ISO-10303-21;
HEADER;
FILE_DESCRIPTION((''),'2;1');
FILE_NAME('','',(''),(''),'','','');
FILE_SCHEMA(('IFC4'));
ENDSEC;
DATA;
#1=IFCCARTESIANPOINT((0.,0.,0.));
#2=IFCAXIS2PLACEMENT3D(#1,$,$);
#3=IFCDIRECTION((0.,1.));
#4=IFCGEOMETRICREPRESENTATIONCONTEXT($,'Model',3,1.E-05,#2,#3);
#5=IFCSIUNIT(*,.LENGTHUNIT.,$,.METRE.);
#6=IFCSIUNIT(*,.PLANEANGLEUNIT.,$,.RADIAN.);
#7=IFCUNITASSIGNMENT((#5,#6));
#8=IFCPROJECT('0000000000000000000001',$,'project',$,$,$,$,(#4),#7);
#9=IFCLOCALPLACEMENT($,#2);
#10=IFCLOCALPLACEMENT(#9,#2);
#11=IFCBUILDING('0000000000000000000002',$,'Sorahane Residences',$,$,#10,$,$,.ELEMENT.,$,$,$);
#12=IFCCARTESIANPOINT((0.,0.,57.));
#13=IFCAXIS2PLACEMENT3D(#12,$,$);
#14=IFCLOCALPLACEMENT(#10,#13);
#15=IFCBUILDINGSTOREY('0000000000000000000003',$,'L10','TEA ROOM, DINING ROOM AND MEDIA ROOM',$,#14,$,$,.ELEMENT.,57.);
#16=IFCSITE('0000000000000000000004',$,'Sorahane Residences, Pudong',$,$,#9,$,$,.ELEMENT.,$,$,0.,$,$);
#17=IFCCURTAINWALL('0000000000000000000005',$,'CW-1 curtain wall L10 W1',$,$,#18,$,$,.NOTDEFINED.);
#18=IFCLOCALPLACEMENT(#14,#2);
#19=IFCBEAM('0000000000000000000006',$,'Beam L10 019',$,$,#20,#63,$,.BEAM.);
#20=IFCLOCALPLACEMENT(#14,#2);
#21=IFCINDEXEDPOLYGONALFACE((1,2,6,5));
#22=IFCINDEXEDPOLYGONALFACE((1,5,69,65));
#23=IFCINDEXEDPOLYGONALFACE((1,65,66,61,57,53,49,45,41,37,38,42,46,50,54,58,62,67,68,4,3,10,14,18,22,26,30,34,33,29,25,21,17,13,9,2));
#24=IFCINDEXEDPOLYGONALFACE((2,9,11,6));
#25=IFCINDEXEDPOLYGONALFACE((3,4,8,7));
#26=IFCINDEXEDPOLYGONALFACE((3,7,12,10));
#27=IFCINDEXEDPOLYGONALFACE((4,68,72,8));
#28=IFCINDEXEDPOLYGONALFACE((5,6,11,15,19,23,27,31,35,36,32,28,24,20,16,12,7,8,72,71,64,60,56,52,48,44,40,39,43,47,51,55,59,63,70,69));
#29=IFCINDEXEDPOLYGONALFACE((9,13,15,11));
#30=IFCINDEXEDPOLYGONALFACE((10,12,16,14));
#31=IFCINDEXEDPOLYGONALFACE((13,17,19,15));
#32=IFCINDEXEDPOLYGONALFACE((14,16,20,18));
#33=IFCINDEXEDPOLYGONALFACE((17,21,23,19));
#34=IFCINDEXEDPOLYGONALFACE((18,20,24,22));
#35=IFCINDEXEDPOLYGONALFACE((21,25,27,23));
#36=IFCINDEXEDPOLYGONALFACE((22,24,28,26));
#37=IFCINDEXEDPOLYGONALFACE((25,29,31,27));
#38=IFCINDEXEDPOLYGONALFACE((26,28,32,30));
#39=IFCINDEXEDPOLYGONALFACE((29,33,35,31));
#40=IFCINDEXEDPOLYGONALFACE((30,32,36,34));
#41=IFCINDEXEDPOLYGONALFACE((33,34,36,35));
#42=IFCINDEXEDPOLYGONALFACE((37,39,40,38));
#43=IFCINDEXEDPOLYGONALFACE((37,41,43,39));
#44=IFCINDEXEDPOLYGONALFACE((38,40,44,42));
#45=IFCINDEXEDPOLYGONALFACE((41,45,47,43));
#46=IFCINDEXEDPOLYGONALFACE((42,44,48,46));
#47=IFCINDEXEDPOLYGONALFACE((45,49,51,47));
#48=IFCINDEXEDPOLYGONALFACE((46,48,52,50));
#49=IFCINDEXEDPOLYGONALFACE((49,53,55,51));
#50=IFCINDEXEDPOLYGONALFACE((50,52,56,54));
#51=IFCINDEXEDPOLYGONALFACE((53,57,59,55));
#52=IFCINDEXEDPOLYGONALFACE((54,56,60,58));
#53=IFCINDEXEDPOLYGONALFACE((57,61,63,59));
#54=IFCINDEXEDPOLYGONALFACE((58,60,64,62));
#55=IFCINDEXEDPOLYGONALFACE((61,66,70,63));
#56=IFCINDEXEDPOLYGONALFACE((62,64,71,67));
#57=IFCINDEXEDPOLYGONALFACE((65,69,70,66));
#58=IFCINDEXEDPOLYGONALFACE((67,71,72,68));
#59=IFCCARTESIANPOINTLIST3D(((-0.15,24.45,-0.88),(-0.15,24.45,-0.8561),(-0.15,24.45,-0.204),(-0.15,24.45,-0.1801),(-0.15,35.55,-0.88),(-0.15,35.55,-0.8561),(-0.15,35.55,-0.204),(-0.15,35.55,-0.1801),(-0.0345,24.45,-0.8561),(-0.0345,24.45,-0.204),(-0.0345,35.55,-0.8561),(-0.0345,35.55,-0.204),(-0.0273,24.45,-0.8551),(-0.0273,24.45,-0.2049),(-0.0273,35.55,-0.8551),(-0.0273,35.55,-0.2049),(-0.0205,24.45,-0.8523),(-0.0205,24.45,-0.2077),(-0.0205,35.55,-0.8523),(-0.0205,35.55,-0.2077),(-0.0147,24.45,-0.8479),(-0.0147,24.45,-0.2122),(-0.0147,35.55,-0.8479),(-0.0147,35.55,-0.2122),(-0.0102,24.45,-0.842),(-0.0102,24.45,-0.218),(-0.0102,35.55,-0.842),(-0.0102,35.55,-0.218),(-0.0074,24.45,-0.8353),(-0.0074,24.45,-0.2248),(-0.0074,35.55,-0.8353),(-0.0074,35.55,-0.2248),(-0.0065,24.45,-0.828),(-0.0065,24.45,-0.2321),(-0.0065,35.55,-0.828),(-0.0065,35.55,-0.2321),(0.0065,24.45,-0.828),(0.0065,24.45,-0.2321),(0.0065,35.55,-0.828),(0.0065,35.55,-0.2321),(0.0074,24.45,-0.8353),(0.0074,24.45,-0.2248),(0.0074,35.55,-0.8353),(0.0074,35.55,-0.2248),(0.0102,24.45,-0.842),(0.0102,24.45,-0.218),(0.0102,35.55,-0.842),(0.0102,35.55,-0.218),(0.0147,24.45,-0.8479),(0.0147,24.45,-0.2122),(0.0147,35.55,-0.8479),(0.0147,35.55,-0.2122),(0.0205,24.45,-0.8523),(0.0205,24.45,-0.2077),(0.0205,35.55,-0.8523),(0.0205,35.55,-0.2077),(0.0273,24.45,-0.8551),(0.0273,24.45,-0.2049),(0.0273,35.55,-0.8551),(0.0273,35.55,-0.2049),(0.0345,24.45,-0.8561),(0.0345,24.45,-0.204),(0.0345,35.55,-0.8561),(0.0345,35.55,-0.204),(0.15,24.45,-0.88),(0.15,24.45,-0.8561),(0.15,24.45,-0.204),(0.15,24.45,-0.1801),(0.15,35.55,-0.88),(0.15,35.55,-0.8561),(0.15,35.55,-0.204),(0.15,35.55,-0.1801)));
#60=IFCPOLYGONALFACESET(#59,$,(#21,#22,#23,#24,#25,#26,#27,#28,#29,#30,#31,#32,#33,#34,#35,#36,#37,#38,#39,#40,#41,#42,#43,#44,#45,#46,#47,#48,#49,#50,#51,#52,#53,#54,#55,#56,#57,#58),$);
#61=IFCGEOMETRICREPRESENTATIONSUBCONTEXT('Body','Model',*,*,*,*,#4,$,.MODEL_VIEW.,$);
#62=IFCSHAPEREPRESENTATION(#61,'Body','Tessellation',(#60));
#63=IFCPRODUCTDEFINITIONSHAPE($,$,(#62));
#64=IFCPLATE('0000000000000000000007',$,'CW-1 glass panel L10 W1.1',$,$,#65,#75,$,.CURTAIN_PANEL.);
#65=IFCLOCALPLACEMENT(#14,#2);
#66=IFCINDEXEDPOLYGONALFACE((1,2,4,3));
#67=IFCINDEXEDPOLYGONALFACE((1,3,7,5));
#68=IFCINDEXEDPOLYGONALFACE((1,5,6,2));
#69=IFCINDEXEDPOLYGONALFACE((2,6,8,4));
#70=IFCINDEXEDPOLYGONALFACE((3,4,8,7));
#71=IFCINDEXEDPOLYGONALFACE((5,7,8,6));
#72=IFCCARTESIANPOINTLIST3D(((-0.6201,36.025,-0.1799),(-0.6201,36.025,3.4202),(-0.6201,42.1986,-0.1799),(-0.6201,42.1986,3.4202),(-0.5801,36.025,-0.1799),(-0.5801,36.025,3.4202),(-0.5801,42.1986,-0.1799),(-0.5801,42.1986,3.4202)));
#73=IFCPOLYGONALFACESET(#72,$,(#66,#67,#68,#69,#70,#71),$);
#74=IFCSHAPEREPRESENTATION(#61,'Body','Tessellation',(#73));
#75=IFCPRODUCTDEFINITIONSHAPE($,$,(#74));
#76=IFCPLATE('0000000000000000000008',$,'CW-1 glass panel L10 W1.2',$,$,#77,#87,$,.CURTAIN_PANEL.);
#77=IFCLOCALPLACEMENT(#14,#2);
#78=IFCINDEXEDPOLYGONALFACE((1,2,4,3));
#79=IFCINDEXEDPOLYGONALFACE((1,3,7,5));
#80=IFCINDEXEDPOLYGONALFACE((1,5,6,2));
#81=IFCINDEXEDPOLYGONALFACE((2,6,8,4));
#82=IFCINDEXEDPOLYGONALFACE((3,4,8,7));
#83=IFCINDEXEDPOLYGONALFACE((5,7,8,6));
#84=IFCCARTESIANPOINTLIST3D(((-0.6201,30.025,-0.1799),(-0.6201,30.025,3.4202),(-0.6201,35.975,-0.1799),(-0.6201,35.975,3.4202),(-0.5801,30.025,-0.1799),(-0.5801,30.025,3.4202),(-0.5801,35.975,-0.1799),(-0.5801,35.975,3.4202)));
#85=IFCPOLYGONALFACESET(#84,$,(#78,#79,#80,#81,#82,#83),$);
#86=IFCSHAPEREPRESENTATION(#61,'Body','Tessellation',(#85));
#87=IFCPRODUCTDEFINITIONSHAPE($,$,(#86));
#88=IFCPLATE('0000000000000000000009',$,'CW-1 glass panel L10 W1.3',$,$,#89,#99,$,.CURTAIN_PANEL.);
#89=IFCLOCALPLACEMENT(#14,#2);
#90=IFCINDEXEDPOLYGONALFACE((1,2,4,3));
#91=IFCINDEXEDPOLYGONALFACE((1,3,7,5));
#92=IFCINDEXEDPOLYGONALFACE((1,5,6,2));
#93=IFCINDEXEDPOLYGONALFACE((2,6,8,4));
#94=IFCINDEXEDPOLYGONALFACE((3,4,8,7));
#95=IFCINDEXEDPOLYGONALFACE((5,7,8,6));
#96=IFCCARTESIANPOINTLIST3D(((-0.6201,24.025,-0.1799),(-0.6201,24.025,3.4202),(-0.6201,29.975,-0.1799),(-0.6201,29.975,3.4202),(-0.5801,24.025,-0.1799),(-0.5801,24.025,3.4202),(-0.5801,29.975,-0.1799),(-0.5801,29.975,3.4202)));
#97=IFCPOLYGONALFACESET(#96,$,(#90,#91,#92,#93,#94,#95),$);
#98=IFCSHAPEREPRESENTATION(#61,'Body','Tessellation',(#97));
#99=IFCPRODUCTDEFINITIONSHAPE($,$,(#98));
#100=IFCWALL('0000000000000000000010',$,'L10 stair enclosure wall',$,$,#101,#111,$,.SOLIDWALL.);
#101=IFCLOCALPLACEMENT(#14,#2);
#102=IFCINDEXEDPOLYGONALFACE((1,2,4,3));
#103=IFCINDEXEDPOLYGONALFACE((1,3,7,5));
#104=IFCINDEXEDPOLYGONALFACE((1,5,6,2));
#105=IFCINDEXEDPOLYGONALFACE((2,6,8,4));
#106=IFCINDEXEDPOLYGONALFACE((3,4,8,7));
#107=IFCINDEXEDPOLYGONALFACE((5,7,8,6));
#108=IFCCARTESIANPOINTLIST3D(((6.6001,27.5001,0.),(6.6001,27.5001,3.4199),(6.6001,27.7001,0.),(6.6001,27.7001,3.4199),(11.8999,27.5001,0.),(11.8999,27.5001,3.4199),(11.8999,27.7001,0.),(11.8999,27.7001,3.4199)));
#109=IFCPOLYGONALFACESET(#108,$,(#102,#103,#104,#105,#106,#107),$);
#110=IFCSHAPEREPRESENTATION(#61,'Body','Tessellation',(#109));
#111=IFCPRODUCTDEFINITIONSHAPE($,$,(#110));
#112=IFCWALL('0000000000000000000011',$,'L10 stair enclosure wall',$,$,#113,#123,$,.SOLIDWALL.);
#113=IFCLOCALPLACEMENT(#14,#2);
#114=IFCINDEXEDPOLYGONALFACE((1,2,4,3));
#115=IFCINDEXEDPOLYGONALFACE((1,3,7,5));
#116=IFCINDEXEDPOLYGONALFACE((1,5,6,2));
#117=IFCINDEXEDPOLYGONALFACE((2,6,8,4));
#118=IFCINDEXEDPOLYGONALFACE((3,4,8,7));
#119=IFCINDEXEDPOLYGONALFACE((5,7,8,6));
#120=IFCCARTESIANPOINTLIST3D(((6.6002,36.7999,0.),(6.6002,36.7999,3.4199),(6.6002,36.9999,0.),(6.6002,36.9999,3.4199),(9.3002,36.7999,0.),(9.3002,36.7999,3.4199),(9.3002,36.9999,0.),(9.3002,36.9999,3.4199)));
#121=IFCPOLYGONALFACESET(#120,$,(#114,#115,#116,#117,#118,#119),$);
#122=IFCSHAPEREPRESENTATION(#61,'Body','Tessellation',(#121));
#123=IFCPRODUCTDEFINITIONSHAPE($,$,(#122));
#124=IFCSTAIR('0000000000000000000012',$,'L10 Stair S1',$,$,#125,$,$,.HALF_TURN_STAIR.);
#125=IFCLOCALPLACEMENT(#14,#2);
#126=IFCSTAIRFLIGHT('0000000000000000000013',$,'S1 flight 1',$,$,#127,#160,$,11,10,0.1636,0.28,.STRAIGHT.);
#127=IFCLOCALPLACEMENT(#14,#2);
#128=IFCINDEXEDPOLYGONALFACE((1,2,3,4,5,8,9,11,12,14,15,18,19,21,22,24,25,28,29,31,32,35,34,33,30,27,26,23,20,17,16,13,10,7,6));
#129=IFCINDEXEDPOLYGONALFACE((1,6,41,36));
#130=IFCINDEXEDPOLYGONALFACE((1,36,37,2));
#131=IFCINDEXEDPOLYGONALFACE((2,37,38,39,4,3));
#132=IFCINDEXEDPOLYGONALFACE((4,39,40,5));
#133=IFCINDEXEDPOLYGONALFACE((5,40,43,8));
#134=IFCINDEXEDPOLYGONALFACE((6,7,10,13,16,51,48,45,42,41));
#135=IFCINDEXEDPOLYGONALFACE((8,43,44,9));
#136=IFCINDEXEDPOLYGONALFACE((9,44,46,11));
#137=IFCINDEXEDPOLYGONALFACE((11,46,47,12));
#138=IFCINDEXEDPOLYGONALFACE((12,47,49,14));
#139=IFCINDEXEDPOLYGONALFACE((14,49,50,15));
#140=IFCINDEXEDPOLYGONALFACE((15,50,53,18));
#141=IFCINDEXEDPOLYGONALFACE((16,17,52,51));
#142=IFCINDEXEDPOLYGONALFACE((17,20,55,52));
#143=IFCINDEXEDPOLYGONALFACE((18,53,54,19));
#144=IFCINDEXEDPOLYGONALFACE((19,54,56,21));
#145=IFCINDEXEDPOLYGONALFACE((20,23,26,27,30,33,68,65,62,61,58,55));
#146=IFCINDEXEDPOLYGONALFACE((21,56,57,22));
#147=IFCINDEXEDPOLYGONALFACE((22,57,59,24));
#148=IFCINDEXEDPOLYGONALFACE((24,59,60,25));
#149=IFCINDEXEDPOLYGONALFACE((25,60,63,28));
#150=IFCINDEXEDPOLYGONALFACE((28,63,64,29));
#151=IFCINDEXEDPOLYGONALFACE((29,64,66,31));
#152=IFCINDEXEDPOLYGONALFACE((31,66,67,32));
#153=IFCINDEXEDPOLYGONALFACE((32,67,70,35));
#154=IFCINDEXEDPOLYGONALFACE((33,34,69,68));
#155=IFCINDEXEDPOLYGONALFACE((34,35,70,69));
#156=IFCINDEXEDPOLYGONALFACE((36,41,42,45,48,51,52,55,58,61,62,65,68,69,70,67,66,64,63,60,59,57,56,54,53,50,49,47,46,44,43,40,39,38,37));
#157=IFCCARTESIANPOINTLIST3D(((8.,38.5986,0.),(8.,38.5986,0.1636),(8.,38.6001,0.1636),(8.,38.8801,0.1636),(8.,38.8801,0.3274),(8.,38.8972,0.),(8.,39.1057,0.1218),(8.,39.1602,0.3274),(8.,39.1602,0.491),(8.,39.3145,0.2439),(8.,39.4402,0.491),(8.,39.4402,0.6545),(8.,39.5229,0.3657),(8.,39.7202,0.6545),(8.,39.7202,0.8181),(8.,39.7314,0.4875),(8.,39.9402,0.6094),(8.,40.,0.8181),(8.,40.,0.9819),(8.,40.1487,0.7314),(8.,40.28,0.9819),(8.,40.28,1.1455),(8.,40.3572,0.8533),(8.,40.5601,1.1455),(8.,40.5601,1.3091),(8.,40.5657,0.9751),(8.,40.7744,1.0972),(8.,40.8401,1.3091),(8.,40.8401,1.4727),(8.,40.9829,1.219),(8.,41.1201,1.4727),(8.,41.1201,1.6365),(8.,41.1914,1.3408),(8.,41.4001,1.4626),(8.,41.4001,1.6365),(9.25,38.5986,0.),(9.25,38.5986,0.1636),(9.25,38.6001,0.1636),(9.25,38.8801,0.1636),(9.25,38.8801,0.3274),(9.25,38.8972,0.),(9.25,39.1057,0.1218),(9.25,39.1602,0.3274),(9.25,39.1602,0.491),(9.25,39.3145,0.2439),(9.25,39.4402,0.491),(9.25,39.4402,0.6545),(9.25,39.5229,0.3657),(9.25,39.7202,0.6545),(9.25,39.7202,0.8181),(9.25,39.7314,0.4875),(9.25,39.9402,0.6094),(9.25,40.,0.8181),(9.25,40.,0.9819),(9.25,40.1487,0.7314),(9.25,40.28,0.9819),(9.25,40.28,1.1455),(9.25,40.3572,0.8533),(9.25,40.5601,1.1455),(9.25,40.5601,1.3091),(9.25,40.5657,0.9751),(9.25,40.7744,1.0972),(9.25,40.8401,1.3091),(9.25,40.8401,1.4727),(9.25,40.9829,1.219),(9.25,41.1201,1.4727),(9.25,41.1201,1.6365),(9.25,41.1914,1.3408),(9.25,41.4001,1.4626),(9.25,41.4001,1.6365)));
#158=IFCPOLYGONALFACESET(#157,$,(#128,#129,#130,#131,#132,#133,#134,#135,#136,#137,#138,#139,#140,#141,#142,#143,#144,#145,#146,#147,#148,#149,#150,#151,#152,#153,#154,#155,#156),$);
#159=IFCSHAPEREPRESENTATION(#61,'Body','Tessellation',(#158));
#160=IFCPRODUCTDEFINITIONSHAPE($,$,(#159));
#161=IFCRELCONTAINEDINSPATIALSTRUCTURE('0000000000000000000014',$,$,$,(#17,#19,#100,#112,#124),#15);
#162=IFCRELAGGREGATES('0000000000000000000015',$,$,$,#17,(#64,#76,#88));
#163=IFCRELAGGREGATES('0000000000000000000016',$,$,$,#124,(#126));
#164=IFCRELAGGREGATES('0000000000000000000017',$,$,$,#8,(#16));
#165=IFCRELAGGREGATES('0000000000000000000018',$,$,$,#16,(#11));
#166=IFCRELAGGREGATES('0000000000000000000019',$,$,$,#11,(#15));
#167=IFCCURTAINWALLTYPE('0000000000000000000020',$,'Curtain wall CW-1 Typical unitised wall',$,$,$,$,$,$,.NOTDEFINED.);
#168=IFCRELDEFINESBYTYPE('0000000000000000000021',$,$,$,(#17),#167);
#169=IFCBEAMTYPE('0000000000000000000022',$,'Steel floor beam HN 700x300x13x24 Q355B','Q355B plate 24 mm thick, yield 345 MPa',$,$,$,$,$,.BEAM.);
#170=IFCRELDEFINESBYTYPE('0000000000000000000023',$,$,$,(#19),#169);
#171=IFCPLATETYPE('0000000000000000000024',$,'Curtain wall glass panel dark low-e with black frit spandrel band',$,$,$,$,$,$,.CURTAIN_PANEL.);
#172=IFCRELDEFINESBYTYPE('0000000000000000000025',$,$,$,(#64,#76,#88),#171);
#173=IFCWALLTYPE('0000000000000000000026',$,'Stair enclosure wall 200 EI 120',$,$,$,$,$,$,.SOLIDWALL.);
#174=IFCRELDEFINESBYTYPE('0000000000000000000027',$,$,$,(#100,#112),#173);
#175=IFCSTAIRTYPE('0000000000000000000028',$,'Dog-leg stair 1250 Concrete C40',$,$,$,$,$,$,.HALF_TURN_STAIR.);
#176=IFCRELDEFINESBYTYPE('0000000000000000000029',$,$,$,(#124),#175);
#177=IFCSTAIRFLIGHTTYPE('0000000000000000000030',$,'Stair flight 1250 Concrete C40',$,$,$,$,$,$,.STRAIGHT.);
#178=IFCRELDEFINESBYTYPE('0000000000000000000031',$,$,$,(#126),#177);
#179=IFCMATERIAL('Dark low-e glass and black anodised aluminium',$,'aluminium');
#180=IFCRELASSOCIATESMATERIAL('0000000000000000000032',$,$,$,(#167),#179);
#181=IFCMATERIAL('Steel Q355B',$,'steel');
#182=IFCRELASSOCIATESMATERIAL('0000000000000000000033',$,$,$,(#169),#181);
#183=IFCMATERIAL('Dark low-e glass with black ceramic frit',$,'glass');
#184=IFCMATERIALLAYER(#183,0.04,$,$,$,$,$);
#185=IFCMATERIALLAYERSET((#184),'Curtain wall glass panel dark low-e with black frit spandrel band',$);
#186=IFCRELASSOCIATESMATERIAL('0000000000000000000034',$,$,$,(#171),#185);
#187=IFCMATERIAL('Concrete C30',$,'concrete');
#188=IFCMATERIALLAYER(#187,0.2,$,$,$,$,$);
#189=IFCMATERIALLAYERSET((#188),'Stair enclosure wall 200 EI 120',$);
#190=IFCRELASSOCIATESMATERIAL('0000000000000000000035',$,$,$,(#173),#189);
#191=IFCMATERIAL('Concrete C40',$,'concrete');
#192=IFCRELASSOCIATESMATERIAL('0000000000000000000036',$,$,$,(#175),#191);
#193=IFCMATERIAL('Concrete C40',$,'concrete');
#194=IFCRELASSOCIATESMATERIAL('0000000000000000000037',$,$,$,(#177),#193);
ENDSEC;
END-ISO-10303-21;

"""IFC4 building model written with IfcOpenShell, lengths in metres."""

from ifc_helpers import new_model, si_unit, direction, frame, frame_2d, origin, origin_2d, place, context, subcontext, project, spatial, polyline, rectangle, i_section, outline, extrude, material, layer, layer_set, material_profile, profile_set, type_object, element, aggregate, save


model = new_model("IFC4")

# Units and contexts
model_context = context("Model", 3, precision=1e-05, world=origin(), true_north=direction((0.0, 1.0)))
body_context = subcontext(model_context, "Body", "Model", "MODEL_VIEW")
ifc_project = project(units=[si_unit("LENGTHUNIT", "METRE"), si_unit("PLANEANGLEUNIT", "RADIAN")], contexts=[model_context])

# Site, building, storey
site_placement = place(None, origin())
site = spatial("IfcSite", under=ifc_project, at=site_placement, Name="Sorahane Residences, Pudong", CompositionType="ELEMENT", RefElevation=0.0)
building_placement = place(site_placement, origin())
building = spatial("IfcBuilding", under=site, at=building_placement, Name="Sorahane Residences", CompositionType="ELEMENT")
storey_placement = place(building_placement, frame((0.0, 0.0, 57.0)))
storey = spatial("IfcBuildingStorey", under=building, at=storey_placement, Name="L10", Description="TEA ROOM, DINING ROOM AND MEDIA ROOM", CompositionType="ELEMENT", Elevation=57.0)

# Curtain wall
ifc_material_1 = material(Name="Dark low-e glass and black anodised aluminium", Category="aluminium")
curtain_wall_type = type_object("IfcCurtainWallType", Name="Curtain wall CW-1 Typical unitised wall", PredefinedType="NOTDEFINED", material=ifc_material_1)
curtain_wall_placement = place(storey_placement, origin())
curtain_wall = element("IfcCurtainWall", 1, at=curtain_wall_placement, inside=storey, type_object=curtain_wall_type, Name="CW-1 curtain wall L10 W1", PredefinedType="NOTDEFINED")

# Beam
ifc_material_2 = material(Name="Steel Q355B", Category="steel")
ifc_material_profile_1 = material_profile(ifc_material_2, i_section(OverallWidth=0.3, OverallDepth=0.7, WebThickness=0.0129, FlangeThickness=0.0239, FilletRadius=0.0281, at=origin_2d()), Name="HN 700x300x13x24")
ifc_profile_set_1 = profile_set([ifc_material_profile_1], Name="Steel Q355B")
beam_type_1 = type_object("IfcBeamType", Name="Steel floor beam HN 700x300x13x24 Q355B", Description="Q355B plate 24 mm thick, yield 345 MPa", PredefinedType="BEAM", material=ifc_profile_set_1)
beam_1_placement = place(storey_placement, frame((0.0, 24.45, -0.53), z_axis=(0.0, 1.0, 0.0), x_axis=(-1.0, 0.0, 0.0)))
element("IfcBeam", 2, at=beam_1_placement, inside=storey, type_object=beam_type_1, Name="Beam L10 019", PredefinedType="BEAM", context=body_context, shape_type="SweptSolid", body=[
    extrude(i_section(OverallWidth=0.3, OverallDepth=0.7, WebThickness=0.0129, FlangeThickness=0.0239, FilletRadius=0.0281, at=origin_2d()), origin(), (0.0, 0.0, 1.0), 11.1001),
])

# Plates
ifc_material_3 = material(Name="Dark low-e glass with black ceramic frit", Category="glass")
ifc_layer_1 = layer(ifc_material_3, 0.04)
ifc_layer_set_1 = layer_set([ifc_layer_1], Name="Curtain wall glass panel dark low-e with black frit spandrel band")
plate_type = type_object("IfcPlateType", Name="Curtain wall glass panel dark low-e with black frit spandrel band", PredefinedType="CURTAIN_PANEL", material=ifc_layer_set_1)
plate_1_placement = place(storey_placement, frame((-0.6001, 39.1118, -0.1799), z_axis=(0.0, 0.0, 1.0), x_axis=(0.0, -1.0, 0.0)))
plate_1 = element("IfcPlate", 3, at=plate_1_placement, type_object=plate_type, Name="CW-1 glass panel L10 W1.1", PredefinedType="CURTAIN_PANEL", context=body_context, shape_type="SweptSolid", body=[
    extrude(rectangle(XDim=6.1736, YDim=0.04, at=origin_2d()), origin(), (0.0, 0.0, 1.0), 3.6001),
])
plate_2_placement = place(storey_placement, frame((-0.6001, 33.0, -0.1799), z_axis=(0.0, 0.0, 1.0), x_axis=(0.0, -1.0, 0.0)))
plate_2 = element("IfcPlate", 4, at=plate_2_placement, type_object=plate_type, Name="CW-1 glass panel L10 W1.2", PredefinedType="CURTAIN_PANEL", context=body_context, shape_type="SweptSolid", body=[
    extrude(rectangle(XDim=5.95, YDim=0.04, at=origin_2d()), origin(), (0.0, 0.0, 1.0), 3.6001),
])
plate_3_placement = place(storey_placement, frame((-0.6001, 27.0, -0.1799), z_axis=(0.0, 0.0, 1.0), x_axis=(0.0, -1.0, 0.0)))
plate_3 = element("IfcPlate", 5, at=plate_3_placement, type_object=plate_type, Name="CW-1 glass panel L10 W1.3", PredefinedType="CURTAIN_PANEL", context=body_context, shape_type="SweptSolid", body=[
    extrude(rectangle(XDim=5.95, YDim=0.04, at=origin_2d()), origin(), (0.0, 0.0, 1.0), 3.6001),
])
aggregate(curtain_wall, [plate_1, plate_2, plate_3])

# Walls
ifc_material_4 = material(Name="Concrete C30", Category="concrete")
ifc_layer_2 = layer(ifc_material_4, 0.2)
ifc_layer_set_2 = layer_set([ifc_layer_2], Name="Stair enclosure wall 200 EI 120")
wall_type = type_object("IfcWallType", Name="Stair enclosure wall 200 EI 120", PredefinedType="SOLIDWALL", material=ifc_layer_set_2)
wall_1_placement = place(storey_placement, frame((6.6001, 27.6001, 0.0), z_axis=(0.0, 0.0, 1.0), x_axis=(1.0, 0.0, 0.0)))
element("IfcWall", 6, at=wall_1_placement, inside=storey, type_object=wall_type, Name="L10 stair enclosure wall", PredefinedType="SOLIDWALL", context=body_context, shape_type="SweptSolid", body=[
    extrude(rectangle(XDim=5.2998, YDim=0.2, at=frame_2d((2.6499, 0.0))), origin(), (0.0, 0.0, 1.0), 3.4199),
])
wall_2_placement = place(storey_placement, frame((6.6001, 36.8999, 0.0), z_axis=(0.0, 0.0, 1.0), x_axis=(1.0, 0.0, 0.0)))
element("IfcWall", 7, at=wall_2_placement, inside=storey, type_object=wall_type, Name="L10 stair enclosure wall", PredefinedType="SOLIDWALL", context=body_context, shape_type="SweptSolid", body=[
    extrude(rectangle(XDim=2.7, YDim=0.2, at=frame_2d((1.3501, 0.0))), origin(), (0.0, 0.0, 1.0), 3.4199),
])

# Stair, stair flight
ifc_material_5 = material(Name="Concrete C40", Category="concrete")
stair_type = type_object("IfcStairType", Name="Dog-leg stair 1250 Concrete C40", PredefinedType="HALF_TURN_STAIR", material=ifc_material_5)
stair_1_placement = place(storey_placement, origin())
stair_1 = element("IfcStair", 8, at=stair_1_placement, inside=storey, type_object=stair_type, Name="L10 Stair S1", PredefinedType="HALF_TURN_STAIR")
ifc_material_6 = material(Name="Concrete C40", Category="concrete")
stair_flight_type = type_object("IfcStairFlightType", Name="Stair flight 1250 Concrete C40", PredefinedType="STRAIGHT", material=ifc_material_6)
stair_flight_1_placement = place(storey_placement, frame((8.625, 38.6001, 0.0), z_axis=(0.0, 0.0, 1.0), x_axis=(0.0, 1.0, 0.0)))
stair_flight_1 = element("IfcStairFlight", 9, at=stair_flight_1_placement, type_object=stair_flight_type, Name="S1 flight 1", NumberOfRisers=11, NumberOfTreads=10, PredefinedType="STRAIGHT", RiserHeight=0.1636, TreadLength=0.28, context=body_context, shape_type="SweptSolid", body=[
    extrude(outline(polyline([(-0.0015, 0.0), (-0.0015, 0.1636), (0.0, 0.1636), (0.28, 0.1636), (0.28, 0.3274), (0.5601, 0.3274), (0.5601, 0.491), (0.8401, 0.491), (0.8401, 0.6545), (1.1201, 0.6545), (1.1201, 0.8181), (1.3999, 0.8181), (1.3999, 0.9819), (1.6799, 0.9819), (1.6799, 1.1455), (1.96, 1.1455), (1.96, 1.3091), (2.24, 1.3091), (2.24, 1.4727), (2.52, 1.4727), (2.52, 1.6365), (2.8, 1.6365), (2.8, 1.8), (2.8, 1.4626), (2.5913, 1.3408), (2.3828, 1.219), (2.1743, 1.0972), (1.9656, 0.9751), (1.7571, 0.8533), (1.5486, 0.7314), (1.3401, 0.6094), (1.1313, 0.4875), (0.9229, 0.3657), (0.7144, 0.2439), (0.5056, 0.1218), (0.2971, 0.0), (-0.0015, 0.0)])), frame((0.0, 0.625, 0.0), z_axis=(0.0, -1.0, 0.0), x_axis=(1.0, 0.0, 0.0)), (0.0, 0.0, 1.0), 1.25),
])
aggregate(stair_1, [stair_flight_1])

save(model, "model.ifc")
